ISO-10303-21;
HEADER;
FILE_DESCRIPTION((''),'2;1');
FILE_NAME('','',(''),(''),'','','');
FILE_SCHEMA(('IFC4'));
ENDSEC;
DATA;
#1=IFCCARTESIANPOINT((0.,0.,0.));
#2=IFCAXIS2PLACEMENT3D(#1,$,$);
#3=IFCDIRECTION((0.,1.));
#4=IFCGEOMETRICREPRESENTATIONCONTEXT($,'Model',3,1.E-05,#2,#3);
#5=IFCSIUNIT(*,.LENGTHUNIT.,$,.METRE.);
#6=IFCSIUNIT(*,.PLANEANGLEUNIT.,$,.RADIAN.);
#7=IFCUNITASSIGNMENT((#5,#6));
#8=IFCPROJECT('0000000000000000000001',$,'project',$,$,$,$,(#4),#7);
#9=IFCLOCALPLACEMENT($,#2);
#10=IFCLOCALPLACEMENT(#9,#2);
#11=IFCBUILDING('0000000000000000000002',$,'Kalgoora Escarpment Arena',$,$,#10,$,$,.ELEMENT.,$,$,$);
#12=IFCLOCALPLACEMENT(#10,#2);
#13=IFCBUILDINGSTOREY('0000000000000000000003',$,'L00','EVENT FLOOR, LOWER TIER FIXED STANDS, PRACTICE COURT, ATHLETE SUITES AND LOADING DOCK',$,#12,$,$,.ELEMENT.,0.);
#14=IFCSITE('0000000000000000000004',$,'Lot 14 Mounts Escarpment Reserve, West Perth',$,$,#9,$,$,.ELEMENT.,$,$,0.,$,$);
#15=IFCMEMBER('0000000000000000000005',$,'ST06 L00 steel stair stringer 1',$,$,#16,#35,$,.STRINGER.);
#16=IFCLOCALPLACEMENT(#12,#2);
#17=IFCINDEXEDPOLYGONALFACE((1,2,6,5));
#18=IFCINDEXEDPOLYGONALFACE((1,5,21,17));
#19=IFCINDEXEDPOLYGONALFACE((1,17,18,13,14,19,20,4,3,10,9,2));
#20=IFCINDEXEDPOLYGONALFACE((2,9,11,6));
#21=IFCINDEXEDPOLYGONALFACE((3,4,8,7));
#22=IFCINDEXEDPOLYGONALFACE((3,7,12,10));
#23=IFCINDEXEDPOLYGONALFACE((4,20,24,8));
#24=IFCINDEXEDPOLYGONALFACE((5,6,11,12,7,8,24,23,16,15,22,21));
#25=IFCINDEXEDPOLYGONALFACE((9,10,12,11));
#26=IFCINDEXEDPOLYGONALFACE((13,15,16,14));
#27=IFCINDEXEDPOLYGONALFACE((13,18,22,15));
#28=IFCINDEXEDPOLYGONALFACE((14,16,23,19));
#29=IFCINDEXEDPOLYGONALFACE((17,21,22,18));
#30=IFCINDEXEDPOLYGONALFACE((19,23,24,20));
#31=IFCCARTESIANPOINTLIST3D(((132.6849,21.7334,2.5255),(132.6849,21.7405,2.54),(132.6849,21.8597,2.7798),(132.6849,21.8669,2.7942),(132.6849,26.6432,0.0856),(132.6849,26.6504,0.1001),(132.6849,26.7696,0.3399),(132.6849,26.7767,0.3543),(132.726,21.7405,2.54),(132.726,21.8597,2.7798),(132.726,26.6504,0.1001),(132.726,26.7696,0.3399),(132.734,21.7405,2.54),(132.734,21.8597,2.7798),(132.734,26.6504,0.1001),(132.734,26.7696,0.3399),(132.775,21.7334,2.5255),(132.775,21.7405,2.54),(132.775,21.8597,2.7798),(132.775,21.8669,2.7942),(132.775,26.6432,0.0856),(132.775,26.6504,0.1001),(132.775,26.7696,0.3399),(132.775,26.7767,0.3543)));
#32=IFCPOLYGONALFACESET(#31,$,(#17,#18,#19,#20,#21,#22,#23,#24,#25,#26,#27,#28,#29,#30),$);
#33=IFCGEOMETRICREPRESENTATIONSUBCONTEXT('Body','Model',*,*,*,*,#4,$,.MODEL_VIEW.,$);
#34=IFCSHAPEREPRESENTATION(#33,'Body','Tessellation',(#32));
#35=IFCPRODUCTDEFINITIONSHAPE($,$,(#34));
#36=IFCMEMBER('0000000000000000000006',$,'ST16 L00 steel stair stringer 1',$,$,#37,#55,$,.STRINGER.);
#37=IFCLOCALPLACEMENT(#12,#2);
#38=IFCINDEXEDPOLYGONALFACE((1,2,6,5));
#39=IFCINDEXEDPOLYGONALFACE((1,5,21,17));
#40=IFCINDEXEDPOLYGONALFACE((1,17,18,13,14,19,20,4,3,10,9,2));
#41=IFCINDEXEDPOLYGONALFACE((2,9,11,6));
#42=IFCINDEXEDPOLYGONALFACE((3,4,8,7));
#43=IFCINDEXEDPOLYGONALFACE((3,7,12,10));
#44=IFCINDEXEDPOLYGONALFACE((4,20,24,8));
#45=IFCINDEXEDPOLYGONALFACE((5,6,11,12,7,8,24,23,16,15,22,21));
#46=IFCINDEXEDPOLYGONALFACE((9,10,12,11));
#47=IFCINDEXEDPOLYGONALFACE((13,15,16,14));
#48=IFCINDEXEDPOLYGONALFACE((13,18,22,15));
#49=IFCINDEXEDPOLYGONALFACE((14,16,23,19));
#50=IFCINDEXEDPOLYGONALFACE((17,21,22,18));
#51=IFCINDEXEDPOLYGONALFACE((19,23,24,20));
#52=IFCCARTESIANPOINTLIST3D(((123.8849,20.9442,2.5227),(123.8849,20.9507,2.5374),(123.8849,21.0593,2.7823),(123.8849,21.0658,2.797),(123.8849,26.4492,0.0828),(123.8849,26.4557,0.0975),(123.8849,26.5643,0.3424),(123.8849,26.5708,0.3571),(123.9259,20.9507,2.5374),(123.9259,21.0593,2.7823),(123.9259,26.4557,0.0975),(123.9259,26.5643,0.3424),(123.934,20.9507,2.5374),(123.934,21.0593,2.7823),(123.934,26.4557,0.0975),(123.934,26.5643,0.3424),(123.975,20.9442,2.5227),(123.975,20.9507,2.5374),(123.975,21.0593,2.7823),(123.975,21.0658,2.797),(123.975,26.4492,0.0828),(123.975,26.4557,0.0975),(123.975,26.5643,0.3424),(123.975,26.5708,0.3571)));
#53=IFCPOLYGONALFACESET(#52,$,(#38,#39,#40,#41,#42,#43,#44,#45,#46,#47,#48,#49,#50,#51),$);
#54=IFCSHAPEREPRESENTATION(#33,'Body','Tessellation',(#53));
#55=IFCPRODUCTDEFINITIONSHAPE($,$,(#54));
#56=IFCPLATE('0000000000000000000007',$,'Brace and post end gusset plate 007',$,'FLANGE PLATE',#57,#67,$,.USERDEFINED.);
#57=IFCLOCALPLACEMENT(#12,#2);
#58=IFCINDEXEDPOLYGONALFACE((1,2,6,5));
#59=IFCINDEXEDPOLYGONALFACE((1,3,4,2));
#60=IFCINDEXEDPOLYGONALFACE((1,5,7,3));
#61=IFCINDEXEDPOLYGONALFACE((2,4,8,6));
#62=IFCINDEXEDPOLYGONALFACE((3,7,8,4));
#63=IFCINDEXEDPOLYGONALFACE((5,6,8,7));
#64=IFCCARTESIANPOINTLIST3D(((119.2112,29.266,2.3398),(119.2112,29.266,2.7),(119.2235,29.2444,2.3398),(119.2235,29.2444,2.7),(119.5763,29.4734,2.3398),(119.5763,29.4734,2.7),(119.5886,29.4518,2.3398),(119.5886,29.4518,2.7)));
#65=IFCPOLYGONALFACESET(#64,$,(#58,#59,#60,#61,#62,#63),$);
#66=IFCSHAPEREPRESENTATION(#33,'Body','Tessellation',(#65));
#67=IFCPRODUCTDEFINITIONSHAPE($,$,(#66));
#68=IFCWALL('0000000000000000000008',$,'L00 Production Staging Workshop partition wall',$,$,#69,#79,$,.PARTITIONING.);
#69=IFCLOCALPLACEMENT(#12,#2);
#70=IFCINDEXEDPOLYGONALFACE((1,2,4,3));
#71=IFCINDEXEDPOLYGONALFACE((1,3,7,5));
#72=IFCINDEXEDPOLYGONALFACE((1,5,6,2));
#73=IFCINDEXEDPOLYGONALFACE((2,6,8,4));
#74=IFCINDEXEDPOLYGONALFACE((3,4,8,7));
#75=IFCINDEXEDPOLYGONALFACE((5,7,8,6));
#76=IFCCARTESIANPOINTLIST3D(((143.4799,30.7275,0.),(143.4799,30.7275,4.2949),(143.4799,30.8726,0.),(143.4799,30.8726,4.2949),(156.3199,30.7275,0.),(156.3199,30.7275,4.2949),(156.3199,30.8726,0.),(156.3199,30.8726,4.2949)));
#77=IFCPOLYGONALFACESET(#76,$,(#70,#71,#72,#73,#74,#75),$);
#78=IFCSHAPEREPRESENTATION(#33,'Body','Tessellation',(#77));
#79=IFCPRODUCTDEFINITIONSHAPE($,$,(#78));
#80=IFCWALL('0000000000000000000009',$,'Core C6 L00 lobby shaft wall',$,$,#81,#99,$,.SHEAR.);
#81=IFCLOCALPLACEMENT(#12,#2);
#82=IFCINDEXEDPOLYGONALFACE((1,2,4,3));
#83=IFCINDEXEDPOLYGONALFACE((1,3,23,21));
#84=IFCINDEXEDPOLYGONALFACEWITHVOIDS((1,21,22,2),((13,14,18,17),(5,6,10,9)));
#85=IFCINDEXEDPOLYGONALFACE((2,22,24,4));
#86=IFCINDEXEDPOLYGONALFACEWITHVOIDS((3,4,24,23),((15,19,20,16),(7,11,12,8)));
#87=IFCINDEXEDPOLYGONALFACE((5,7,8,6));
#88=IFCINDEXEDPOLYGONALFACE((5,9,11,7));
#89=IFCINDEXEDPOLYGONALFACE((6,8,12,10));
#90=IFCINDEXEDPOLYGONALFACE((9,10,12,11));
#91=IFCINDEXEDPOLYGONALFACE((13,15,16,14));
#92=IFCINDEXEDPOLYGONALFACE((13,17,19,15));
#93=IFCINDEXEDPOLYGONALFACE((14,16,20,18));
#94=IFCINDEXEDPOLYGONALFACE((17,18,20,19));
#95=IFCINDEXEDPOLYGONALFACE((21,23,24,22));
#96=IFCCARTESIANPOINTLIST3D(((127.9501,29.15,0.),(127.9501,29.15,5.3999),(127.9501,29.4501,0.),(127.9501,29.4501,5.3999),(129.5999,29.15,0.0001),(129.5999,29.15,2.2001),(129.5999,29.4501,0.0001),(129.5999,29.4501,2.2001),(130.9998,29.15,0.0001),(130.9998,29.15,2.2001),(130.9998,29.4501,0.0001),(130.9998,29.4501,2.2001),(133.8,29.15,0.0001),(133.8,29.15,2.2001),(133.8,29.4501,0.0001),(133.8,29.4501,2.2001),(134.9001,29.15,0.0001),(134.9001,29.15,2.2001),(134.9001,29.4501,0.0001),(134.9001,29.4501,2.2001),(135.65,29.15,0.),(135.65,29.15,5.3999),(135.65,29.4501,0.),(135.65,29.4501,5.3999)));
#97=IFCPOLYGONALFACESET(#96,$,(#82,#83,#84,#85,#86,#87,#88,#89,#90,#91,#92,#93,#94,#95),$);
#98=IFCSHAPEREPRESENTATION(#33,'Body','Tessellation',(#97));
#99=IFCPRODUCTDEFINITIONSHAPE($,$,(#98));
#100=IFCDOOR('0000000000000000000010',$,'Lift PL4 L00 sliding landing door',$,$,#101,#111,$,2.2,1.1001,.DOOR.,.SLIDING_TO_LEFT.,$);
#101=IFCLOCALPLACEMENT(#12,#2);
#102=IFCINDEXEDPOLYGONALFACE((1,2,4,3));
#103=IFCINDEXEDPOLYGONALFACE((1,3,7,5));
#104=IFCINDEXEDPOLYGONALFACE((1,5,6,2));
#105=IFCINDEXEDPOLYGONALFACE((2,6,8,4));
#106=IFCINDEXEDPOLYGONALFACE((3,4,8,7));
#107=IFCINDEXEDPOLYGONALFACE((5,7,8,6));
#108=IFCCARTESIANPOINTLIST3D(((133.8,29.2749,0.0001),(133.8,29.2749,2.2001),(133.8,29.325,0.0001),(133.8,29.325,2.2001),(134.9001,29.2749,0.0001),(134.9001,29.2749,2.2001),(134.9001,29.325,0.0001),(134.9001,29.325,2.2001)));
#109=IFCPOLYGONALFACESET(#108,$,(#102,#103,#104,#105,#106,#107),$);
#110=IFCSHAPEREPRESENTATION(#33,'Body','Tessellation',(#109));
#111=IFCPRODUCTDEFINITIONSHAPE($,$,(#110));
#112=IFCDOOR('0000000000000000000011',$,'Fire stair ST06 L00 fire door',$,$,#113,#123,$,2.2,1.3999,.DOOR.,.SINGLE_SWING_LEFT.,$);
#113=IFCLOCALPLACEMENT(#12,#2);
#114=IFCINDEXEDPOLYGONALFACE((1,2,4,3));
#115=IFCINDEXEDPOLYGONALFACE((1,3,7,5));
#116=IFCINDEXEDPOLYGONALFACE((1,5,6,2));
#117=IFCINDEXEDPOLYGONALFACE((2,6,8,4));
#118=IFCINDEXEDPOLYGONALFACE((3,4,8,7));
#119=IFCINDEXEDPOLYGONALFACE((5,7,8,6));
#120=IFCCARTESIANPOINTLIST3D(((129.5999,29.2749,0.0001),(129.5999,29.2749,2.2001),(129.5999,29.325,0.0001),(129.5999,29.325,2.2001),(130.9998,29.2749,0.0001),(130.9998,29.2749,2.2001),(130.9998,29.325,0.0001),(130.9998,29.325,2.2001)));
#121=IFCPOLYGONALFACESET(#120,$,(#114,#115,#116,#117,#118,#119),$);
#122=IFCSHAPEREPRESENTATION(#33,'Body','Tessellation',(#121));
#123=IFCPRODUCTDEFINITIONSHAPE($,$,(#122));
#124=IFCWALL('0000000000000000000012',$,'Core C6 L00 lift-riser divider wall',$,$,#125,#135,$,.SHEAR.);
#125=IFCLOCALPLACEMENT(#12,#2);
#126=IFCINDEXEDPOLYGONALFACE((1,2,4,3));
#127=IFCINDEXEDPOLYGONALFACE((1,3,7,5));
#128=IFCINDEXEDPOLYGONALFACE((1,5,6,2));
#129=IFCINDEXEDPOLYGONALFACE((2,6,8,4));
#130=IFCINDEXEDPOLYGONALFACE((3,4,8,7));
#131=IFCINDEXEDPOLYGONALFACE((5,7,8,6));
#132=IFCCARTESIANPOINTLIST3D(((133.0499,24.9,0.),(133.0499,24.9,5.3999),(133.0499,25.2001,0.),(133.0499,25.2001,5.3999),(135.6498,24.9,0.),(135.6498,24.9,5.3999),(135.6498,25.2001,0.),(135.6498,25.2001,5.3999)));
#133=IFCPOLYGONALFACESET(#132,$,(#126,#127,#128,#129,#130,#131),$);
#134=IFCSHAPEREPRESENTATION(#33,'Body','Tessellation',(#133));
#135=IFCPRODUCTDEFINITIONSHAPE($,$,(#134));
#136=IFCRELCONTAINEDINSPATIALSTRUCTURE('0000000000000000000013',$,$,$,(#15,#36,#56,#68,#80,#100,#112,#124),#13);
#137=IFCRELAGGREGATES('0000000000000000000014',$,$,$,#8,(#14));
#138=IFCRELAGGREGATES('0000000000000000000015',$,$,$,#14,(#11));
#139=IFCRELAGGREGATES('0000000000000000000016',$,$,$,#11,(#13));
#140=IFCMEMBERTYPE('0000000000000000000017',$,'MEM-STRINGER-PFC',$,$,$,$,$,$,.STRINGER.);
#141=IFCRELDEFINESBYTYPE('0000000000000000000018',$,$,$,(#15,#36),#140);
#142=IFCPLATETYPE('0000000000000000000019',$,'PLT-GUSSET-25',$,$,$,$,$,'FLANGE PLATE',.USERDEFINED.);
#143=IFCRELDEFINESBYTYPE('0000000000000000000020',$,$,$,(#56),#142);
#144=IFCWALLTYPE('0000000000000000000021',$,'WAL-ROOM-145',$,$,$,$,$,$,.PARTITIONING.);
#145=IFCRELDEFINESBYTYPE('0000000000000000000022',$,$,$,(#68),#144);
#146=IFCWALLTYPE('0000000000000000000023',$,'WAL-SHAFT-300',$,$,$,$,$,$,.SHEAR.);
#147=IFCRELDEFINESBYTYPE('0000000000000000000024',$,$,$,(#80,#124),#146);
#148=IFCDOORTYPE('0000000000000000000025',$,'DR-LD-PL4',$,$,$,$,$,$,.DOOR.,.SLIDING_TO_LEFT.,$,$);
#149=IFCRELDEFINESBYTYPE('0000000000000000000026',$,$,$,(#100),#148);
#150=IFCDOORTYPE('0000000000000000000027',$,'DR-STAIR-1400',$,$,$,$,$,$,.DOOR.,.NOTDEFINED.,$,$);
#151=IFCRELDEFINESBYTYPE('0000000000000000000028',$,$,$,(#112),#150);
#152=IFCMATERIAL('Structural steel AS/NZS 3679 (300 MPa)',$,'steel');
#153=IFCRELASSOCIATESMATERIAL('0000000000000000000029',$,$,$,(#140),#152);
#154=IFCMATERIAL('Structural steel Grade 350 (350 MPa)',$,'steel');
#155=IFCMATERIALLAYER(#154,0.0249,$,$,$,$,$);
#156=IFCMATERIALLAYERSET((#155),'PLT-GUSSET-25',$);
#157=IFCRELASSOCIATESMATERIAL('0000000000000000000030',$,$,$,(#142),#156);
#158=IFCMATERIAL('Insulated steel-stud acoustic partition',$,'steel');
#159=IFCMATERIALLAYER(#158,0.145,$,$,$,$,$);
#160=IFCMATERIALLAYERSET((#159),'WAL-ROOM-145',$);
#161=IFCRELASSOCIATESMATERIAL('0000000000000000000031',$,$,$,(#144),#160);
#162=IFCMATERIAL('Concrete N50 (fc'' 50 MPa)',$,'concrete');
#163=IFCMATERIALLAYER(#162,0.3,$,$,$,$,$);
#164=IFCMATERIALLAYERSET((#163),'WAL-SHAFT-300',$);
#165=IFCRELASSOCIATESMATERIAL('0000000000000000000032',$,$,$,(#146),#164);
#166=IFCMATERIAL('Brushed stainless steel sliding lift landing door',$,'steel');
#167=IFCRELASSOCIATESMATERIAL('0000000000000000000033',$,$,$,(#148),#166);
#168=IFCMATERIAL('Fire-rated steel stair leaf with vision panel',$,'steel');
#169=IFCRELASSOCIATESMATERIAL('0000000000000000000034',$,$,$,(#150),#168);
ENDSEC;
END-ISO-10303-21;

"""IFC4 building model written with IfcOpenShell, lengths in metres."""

from ifc_helpers import new_model, si_unit, direction, frame, frame_2d, origin, origin_2d, place, context, subcontext, project, spatial, rectangle, i_section, extrude, material, layer, layer_set, material_profile, profile_set, type_object, element, fill, save


model = new_model("IFC4")

# Units and contexts
model_context = context("Model", 3, precision=1e-05, world=origin(), true_north=direction((0.0, 1.0)))
body_context = subcontext(model_context, "Body", "Model", "MODEL_VIEW")
ifc_project = project(units=[si_unit("LENGTHUNIT", "METRE"), si_unit("PLANEANGLEUNIT", "RADIAN")], contexts=[model_context])

# Site, building, storey
site_placement = place(None, origin())
site = spatial("IfcSite", under=ifc_project, at=site_placement, Name="Lot 14 Mounts Escarpment Reserve, West Perth", CompositionType="ELEMENT", RefElevation=0.0)
building_placement = place(site_placement, origin())
building = spatial("IfcBuilding", under=site, at=building_placement, Name="Kalgoora Escarpment Arena", CompositionType="ELEMENT")
storey_placement = place(building_placement, origin())
storey = spatial("IfcBuildingStorey", under=building, at=storey_placement, Name="L00", Description="EVENT FLOOR, LOWER TIER FIXED STANDS, PRACTICE COURT, ATHLETE SUITES AND LOADING DOCK", CompositionType="ELEMENT", Elevation=0.0)

# Members
ifc_material_1 = material(Name="Structural steel AS/NZS 3679 (300 MPa)", Category="steel")
ifc_material_profile_1 = material_profile(ifc_material_1, i_section(OverallWidth=0.0901, OverallDepth=0.3, WebThickness=0.0081, FlangeThickness=0.0161, at=origin_2d()))
ifc_profile_set_1 = profile_set([ifc_material_profile_1], Name="Structural steel AS/NZS 3679 (300 MPa)")
member_type_1 = type_object("IfcMemberType", Name="MEM-STRINGER-PFC", PredefinedType="STRINGER", material=ifc_profile_set_1)
member_1_placement = place(storey_placement, frame((132.73, 26.71, 0.22), z_axis=(0.0, -0.89552, 0.445021), x_axis=(1.0, 0.0, 0.0)))
element("IfcMember", 1, at=member_1_placement, inside=storey, type_object=member_type_1, Name="ST06 L00 steel stair stringer 1", PredefinedType="STRINGER", context=body_context, shape_type="SweptSolid", body=[
    extrude(i_section(OverallWidth=0.0901, OverallDepth=0.3, WebThickness=0.0081, FlangeThickness=0.0161, at=origin_2d()), origin(), (0.0, 0.0, 1.0), 5.4827),
])
member_2_placement = place(storey_placement, frame((123.9299, 26.51, 0.22), z_axis=(0.0, -0.914229, 0.405198), x_axis=(1.0, 0.0, 0.0)))
element("IfcMember", 2, at=member_2_placement, inside=storey, type_object=member_type_1, Name="ST16 L00 steel stair stringer 1", PredefinedType="STRINGER", context=body_context, shape_type="SweptSolid", body=[
    extrude(i_section(OverallWidth=0.0901, OverallDepth=0.3, WebThickness=0.0081, FlangeThickness=0.0161, at=origin_2d()), origin(), (0.0, 0.0, 1.0), 6.0215),
])

# Plate
ifc_material_2 = material(Name="Structural steel Grade 350 (350 MPa)", Category="steel")
ifc_layer_1 = layer(ifc_material_2, 0.0249)
ifc_layer_set_1 = layer_set([ifc_layer_1], Name="PLT-GUSSET-25")
plate_type = type_object("IfcPlateType", Name="PLT-GUSSET-25", ElementType="FLANGE PLATE", PredefinedType="USERDEFINED", material=ifc_layer_set_1)
plate_placement = place(storey_placement, frame((119.3999, 29.3589, 2.3398), z_axis=(0.0, 0.0, 1.0), x_axis=(0.869495, 0.493942, 0.0)))
element("IfcPlate", 3, at=plate_placement, inside=storey, type_object=plate_type, Name="Brace and post end gusset plate 007", ObjectType="FLANGE PLATE", PredefinedType="USERDEFINED", context=body_context, shape_type="SweptSolid", body=[
    extrude(rectangle(XDim=0.4199, YDim=0.0249, at=origin_2d()), origin(), (0.0, 0.0, 1.0), 0.3601),
])

# Wall
ifc_material_3 = material(Name="Insulated steel-stud acoustic partition", Category="steel")
ifc_layer_2 = layer(ifc_material_3, 0.145)
ifc_layer_set_2 = layer_set([ifc_layer_2], Name="WAL-ROOM-145")
wall_type_1 = type_object("IfcWallType", Name="WAL-ROOM-145", PredefinedType="PARTITIONING", material=ifc_layer_set_2)
wall_1_placement = place(storey_placement, frame((143.48, 30.8, 0.0), z_axis=(0.0, 0.0, 1.0), x_axis=(1.0, 0.0, 0.0)))
element("IfcWall", 4, at=wall_1_placement, inside=storey, type_object=wall_type_1, Name="L00 Production Staging Workshop partition wall", PredefinedType="PARTITIONING", context=body_context, shape_type="SweptSolid", body=[
    extrude(rectangle(XDim=12.8401, YDim=0.145, at=frame_2d((6.4199, 0.0))), origin(), (0.0, 0.0, 1.0), 4.2949),
])

# Wall, openings, doors
ifc_material_4 = material(Name="Concrete N50 (fc' 50 MPa)", Category="concrete")
ifc_layer_3 = layer(ifc_material_4, 0.3)
ifc_layer_set_3 = layer_set([ifc_layer_3], Name="WAL-SHAFT-300")
wall_type_2 = type_object("IfcWallType", Name="WAL-SHAFT-300", PredefinedType="SHEAR", material=ifc_layer_set_3)
wall_2_placement = place(storey_placement, frame((127.95, 29.3, 0.0), z_axis=(0.0, 0.0, 1.0), x_axis=(1.0, 0.0, 0.0)))
wall_2 = element("IfcWall", 5, at=wall_2_placement, inside=storey, type_object=wall_type_2, Name="Core C6 L00 lobby shaft wall", PredefinedType="SHEAR", context=body_context, shape_type="SweptSolid", body=[
    extrude(rectangle(XDim=7.7, YDim=0.3, at=frame_2d((3.8501, 0.0))), origin(), (0.0, 0.0, 1.0), 5.3999),
])
opening_1_placement = place(wall_2_placement, frame((1.6499, 0.0, 0.0)))
opening_1 = element("IfcOpeningElement", 6, at=opening_1_placement, cuts=wall_2, PredefinedType="OPENING", context=body_context, shape_type="SweptSolid", body=[
    extrude(rectangle(XDim=1.3999, YDim=2.2, at=frame_2d((0.7, 1.1001))), frame((0.0, 0.1599, 0.0), z_axis=(0.0, -1.0, 0.0), x_axis=(1.0, 0.0, 0.0)), (0.0, 0.0, 1.0), 0.3201),
])
opening_2_placement = place(wall_2_placement, frame((5.8501, 0.0, 0.0)))
opening_2 = element("IfcOpeningElement", 7, at=opening_2_placement, cuts=wall_2, PredefinedType="OPENING", context=body_context, shape_type="SweptSolid", body=[
    extrude(rectangle(XDim=1.1001, YDim=2.2, at=frame_2d((0.55, 1.1001))), frame((0.0, 0.1599, 0.0), z_axis=(0.0, -1.0, 0.0), x_axis=(1.0, 0.0, 0.0)), (0.0, 0.0, 1.0), 0.3201),
])
ifc_material_5 = material(Name="Brushed stainless steel sliding lift landing door", Category="steel")
door_type_1 = type_object("IfcDoorType", Name="DR-LD-PL4", OperationType="SLIDING_TO_LEFT", PredefinedType="DOOR", material=ifc_material_5)
door_1_placement = place(opening_2_placement, origin())
door_1 = element("IfcDoor", 8, at=door_1_placement, inside=storey, type_object=door_type_1, Name="Lift PL4 L00 sliding landing door", OperationType="SLIDING_TO_LEFT", OverallHeight=2.2, OverallWidth=1.1001, PredefinedType="DOOR", context=body_context, shape_type="SweptSolid", body=[
    extrude(rectangle(XDim=1.1001, YDim=2.2, at=frame_2d((0.55, 1.1001))), frame((0.0, 0.0249, 0.0), z_axis=(0.0, -1.0, 0.0), x_axis=(1.0, 0.0, 0.0)), (0.0, 0.0, 1.0), 0.05),
])
fill(opening_2, door_1)
ifc_material_6 = material(Name="Fire-rated steel stair leaf with vision panel", Category="steel")
door_type_2 = type_object("IfcDoorType", Name="DR-STAIR-1400", OperationType="NOTDEFINED", PredefinedType="DOOR", material=ifc_material_6)
door_2_placement = place(opening_1_placement, origin())
door_2 = element("IfcDoor", 9, at=door_2_placement, inside=storey, type_object=door_type_2, Name="Fire stair ST06 L00 fire door", OperationType="SINGLE_SWING_LEFT", OverallHeight=2.2, OverallWidth=1.3999, PredefinedType="DOOR", context=body_context, shape_type="SweptSolid", body=[
    extrude(rectangle(XDim=1.3999, YDim=2.2, at=frame_2d((0.7, 1.1001))), frame((0.0, 0.0249, 0.0), z_axis=(0.0, -1.0, 0.0), x_axis=(1.0, 0.0, 0.0)), (0.0, 0.0, 1.0), 0.05),
])
fill(opening_1, door_2)

# Wall
wall_3_placement = place(storey_placement, frame((133.05, 25.05, 0.0), z_axis=(0.0, 0.0, 1.0), x_axis=(1.0, 0.0, 0.0)))
element("IfcWall", 10, at=wall_3_placement, inside=storey, type_object=wall_type_2, Name="Core C6 L00 lift-riser divider wall", PredefinedType="SHEAR", context=body_context, shape_type="SweptSolid", body=[
    extrude(rectangle(XDim=2.5999, YDim=0.3, at=frame_2d((1.2998, 0.0))), origin(), (0.0, 0.0, 1.0), 5.3999),
])

save(model, "model.ifc")
